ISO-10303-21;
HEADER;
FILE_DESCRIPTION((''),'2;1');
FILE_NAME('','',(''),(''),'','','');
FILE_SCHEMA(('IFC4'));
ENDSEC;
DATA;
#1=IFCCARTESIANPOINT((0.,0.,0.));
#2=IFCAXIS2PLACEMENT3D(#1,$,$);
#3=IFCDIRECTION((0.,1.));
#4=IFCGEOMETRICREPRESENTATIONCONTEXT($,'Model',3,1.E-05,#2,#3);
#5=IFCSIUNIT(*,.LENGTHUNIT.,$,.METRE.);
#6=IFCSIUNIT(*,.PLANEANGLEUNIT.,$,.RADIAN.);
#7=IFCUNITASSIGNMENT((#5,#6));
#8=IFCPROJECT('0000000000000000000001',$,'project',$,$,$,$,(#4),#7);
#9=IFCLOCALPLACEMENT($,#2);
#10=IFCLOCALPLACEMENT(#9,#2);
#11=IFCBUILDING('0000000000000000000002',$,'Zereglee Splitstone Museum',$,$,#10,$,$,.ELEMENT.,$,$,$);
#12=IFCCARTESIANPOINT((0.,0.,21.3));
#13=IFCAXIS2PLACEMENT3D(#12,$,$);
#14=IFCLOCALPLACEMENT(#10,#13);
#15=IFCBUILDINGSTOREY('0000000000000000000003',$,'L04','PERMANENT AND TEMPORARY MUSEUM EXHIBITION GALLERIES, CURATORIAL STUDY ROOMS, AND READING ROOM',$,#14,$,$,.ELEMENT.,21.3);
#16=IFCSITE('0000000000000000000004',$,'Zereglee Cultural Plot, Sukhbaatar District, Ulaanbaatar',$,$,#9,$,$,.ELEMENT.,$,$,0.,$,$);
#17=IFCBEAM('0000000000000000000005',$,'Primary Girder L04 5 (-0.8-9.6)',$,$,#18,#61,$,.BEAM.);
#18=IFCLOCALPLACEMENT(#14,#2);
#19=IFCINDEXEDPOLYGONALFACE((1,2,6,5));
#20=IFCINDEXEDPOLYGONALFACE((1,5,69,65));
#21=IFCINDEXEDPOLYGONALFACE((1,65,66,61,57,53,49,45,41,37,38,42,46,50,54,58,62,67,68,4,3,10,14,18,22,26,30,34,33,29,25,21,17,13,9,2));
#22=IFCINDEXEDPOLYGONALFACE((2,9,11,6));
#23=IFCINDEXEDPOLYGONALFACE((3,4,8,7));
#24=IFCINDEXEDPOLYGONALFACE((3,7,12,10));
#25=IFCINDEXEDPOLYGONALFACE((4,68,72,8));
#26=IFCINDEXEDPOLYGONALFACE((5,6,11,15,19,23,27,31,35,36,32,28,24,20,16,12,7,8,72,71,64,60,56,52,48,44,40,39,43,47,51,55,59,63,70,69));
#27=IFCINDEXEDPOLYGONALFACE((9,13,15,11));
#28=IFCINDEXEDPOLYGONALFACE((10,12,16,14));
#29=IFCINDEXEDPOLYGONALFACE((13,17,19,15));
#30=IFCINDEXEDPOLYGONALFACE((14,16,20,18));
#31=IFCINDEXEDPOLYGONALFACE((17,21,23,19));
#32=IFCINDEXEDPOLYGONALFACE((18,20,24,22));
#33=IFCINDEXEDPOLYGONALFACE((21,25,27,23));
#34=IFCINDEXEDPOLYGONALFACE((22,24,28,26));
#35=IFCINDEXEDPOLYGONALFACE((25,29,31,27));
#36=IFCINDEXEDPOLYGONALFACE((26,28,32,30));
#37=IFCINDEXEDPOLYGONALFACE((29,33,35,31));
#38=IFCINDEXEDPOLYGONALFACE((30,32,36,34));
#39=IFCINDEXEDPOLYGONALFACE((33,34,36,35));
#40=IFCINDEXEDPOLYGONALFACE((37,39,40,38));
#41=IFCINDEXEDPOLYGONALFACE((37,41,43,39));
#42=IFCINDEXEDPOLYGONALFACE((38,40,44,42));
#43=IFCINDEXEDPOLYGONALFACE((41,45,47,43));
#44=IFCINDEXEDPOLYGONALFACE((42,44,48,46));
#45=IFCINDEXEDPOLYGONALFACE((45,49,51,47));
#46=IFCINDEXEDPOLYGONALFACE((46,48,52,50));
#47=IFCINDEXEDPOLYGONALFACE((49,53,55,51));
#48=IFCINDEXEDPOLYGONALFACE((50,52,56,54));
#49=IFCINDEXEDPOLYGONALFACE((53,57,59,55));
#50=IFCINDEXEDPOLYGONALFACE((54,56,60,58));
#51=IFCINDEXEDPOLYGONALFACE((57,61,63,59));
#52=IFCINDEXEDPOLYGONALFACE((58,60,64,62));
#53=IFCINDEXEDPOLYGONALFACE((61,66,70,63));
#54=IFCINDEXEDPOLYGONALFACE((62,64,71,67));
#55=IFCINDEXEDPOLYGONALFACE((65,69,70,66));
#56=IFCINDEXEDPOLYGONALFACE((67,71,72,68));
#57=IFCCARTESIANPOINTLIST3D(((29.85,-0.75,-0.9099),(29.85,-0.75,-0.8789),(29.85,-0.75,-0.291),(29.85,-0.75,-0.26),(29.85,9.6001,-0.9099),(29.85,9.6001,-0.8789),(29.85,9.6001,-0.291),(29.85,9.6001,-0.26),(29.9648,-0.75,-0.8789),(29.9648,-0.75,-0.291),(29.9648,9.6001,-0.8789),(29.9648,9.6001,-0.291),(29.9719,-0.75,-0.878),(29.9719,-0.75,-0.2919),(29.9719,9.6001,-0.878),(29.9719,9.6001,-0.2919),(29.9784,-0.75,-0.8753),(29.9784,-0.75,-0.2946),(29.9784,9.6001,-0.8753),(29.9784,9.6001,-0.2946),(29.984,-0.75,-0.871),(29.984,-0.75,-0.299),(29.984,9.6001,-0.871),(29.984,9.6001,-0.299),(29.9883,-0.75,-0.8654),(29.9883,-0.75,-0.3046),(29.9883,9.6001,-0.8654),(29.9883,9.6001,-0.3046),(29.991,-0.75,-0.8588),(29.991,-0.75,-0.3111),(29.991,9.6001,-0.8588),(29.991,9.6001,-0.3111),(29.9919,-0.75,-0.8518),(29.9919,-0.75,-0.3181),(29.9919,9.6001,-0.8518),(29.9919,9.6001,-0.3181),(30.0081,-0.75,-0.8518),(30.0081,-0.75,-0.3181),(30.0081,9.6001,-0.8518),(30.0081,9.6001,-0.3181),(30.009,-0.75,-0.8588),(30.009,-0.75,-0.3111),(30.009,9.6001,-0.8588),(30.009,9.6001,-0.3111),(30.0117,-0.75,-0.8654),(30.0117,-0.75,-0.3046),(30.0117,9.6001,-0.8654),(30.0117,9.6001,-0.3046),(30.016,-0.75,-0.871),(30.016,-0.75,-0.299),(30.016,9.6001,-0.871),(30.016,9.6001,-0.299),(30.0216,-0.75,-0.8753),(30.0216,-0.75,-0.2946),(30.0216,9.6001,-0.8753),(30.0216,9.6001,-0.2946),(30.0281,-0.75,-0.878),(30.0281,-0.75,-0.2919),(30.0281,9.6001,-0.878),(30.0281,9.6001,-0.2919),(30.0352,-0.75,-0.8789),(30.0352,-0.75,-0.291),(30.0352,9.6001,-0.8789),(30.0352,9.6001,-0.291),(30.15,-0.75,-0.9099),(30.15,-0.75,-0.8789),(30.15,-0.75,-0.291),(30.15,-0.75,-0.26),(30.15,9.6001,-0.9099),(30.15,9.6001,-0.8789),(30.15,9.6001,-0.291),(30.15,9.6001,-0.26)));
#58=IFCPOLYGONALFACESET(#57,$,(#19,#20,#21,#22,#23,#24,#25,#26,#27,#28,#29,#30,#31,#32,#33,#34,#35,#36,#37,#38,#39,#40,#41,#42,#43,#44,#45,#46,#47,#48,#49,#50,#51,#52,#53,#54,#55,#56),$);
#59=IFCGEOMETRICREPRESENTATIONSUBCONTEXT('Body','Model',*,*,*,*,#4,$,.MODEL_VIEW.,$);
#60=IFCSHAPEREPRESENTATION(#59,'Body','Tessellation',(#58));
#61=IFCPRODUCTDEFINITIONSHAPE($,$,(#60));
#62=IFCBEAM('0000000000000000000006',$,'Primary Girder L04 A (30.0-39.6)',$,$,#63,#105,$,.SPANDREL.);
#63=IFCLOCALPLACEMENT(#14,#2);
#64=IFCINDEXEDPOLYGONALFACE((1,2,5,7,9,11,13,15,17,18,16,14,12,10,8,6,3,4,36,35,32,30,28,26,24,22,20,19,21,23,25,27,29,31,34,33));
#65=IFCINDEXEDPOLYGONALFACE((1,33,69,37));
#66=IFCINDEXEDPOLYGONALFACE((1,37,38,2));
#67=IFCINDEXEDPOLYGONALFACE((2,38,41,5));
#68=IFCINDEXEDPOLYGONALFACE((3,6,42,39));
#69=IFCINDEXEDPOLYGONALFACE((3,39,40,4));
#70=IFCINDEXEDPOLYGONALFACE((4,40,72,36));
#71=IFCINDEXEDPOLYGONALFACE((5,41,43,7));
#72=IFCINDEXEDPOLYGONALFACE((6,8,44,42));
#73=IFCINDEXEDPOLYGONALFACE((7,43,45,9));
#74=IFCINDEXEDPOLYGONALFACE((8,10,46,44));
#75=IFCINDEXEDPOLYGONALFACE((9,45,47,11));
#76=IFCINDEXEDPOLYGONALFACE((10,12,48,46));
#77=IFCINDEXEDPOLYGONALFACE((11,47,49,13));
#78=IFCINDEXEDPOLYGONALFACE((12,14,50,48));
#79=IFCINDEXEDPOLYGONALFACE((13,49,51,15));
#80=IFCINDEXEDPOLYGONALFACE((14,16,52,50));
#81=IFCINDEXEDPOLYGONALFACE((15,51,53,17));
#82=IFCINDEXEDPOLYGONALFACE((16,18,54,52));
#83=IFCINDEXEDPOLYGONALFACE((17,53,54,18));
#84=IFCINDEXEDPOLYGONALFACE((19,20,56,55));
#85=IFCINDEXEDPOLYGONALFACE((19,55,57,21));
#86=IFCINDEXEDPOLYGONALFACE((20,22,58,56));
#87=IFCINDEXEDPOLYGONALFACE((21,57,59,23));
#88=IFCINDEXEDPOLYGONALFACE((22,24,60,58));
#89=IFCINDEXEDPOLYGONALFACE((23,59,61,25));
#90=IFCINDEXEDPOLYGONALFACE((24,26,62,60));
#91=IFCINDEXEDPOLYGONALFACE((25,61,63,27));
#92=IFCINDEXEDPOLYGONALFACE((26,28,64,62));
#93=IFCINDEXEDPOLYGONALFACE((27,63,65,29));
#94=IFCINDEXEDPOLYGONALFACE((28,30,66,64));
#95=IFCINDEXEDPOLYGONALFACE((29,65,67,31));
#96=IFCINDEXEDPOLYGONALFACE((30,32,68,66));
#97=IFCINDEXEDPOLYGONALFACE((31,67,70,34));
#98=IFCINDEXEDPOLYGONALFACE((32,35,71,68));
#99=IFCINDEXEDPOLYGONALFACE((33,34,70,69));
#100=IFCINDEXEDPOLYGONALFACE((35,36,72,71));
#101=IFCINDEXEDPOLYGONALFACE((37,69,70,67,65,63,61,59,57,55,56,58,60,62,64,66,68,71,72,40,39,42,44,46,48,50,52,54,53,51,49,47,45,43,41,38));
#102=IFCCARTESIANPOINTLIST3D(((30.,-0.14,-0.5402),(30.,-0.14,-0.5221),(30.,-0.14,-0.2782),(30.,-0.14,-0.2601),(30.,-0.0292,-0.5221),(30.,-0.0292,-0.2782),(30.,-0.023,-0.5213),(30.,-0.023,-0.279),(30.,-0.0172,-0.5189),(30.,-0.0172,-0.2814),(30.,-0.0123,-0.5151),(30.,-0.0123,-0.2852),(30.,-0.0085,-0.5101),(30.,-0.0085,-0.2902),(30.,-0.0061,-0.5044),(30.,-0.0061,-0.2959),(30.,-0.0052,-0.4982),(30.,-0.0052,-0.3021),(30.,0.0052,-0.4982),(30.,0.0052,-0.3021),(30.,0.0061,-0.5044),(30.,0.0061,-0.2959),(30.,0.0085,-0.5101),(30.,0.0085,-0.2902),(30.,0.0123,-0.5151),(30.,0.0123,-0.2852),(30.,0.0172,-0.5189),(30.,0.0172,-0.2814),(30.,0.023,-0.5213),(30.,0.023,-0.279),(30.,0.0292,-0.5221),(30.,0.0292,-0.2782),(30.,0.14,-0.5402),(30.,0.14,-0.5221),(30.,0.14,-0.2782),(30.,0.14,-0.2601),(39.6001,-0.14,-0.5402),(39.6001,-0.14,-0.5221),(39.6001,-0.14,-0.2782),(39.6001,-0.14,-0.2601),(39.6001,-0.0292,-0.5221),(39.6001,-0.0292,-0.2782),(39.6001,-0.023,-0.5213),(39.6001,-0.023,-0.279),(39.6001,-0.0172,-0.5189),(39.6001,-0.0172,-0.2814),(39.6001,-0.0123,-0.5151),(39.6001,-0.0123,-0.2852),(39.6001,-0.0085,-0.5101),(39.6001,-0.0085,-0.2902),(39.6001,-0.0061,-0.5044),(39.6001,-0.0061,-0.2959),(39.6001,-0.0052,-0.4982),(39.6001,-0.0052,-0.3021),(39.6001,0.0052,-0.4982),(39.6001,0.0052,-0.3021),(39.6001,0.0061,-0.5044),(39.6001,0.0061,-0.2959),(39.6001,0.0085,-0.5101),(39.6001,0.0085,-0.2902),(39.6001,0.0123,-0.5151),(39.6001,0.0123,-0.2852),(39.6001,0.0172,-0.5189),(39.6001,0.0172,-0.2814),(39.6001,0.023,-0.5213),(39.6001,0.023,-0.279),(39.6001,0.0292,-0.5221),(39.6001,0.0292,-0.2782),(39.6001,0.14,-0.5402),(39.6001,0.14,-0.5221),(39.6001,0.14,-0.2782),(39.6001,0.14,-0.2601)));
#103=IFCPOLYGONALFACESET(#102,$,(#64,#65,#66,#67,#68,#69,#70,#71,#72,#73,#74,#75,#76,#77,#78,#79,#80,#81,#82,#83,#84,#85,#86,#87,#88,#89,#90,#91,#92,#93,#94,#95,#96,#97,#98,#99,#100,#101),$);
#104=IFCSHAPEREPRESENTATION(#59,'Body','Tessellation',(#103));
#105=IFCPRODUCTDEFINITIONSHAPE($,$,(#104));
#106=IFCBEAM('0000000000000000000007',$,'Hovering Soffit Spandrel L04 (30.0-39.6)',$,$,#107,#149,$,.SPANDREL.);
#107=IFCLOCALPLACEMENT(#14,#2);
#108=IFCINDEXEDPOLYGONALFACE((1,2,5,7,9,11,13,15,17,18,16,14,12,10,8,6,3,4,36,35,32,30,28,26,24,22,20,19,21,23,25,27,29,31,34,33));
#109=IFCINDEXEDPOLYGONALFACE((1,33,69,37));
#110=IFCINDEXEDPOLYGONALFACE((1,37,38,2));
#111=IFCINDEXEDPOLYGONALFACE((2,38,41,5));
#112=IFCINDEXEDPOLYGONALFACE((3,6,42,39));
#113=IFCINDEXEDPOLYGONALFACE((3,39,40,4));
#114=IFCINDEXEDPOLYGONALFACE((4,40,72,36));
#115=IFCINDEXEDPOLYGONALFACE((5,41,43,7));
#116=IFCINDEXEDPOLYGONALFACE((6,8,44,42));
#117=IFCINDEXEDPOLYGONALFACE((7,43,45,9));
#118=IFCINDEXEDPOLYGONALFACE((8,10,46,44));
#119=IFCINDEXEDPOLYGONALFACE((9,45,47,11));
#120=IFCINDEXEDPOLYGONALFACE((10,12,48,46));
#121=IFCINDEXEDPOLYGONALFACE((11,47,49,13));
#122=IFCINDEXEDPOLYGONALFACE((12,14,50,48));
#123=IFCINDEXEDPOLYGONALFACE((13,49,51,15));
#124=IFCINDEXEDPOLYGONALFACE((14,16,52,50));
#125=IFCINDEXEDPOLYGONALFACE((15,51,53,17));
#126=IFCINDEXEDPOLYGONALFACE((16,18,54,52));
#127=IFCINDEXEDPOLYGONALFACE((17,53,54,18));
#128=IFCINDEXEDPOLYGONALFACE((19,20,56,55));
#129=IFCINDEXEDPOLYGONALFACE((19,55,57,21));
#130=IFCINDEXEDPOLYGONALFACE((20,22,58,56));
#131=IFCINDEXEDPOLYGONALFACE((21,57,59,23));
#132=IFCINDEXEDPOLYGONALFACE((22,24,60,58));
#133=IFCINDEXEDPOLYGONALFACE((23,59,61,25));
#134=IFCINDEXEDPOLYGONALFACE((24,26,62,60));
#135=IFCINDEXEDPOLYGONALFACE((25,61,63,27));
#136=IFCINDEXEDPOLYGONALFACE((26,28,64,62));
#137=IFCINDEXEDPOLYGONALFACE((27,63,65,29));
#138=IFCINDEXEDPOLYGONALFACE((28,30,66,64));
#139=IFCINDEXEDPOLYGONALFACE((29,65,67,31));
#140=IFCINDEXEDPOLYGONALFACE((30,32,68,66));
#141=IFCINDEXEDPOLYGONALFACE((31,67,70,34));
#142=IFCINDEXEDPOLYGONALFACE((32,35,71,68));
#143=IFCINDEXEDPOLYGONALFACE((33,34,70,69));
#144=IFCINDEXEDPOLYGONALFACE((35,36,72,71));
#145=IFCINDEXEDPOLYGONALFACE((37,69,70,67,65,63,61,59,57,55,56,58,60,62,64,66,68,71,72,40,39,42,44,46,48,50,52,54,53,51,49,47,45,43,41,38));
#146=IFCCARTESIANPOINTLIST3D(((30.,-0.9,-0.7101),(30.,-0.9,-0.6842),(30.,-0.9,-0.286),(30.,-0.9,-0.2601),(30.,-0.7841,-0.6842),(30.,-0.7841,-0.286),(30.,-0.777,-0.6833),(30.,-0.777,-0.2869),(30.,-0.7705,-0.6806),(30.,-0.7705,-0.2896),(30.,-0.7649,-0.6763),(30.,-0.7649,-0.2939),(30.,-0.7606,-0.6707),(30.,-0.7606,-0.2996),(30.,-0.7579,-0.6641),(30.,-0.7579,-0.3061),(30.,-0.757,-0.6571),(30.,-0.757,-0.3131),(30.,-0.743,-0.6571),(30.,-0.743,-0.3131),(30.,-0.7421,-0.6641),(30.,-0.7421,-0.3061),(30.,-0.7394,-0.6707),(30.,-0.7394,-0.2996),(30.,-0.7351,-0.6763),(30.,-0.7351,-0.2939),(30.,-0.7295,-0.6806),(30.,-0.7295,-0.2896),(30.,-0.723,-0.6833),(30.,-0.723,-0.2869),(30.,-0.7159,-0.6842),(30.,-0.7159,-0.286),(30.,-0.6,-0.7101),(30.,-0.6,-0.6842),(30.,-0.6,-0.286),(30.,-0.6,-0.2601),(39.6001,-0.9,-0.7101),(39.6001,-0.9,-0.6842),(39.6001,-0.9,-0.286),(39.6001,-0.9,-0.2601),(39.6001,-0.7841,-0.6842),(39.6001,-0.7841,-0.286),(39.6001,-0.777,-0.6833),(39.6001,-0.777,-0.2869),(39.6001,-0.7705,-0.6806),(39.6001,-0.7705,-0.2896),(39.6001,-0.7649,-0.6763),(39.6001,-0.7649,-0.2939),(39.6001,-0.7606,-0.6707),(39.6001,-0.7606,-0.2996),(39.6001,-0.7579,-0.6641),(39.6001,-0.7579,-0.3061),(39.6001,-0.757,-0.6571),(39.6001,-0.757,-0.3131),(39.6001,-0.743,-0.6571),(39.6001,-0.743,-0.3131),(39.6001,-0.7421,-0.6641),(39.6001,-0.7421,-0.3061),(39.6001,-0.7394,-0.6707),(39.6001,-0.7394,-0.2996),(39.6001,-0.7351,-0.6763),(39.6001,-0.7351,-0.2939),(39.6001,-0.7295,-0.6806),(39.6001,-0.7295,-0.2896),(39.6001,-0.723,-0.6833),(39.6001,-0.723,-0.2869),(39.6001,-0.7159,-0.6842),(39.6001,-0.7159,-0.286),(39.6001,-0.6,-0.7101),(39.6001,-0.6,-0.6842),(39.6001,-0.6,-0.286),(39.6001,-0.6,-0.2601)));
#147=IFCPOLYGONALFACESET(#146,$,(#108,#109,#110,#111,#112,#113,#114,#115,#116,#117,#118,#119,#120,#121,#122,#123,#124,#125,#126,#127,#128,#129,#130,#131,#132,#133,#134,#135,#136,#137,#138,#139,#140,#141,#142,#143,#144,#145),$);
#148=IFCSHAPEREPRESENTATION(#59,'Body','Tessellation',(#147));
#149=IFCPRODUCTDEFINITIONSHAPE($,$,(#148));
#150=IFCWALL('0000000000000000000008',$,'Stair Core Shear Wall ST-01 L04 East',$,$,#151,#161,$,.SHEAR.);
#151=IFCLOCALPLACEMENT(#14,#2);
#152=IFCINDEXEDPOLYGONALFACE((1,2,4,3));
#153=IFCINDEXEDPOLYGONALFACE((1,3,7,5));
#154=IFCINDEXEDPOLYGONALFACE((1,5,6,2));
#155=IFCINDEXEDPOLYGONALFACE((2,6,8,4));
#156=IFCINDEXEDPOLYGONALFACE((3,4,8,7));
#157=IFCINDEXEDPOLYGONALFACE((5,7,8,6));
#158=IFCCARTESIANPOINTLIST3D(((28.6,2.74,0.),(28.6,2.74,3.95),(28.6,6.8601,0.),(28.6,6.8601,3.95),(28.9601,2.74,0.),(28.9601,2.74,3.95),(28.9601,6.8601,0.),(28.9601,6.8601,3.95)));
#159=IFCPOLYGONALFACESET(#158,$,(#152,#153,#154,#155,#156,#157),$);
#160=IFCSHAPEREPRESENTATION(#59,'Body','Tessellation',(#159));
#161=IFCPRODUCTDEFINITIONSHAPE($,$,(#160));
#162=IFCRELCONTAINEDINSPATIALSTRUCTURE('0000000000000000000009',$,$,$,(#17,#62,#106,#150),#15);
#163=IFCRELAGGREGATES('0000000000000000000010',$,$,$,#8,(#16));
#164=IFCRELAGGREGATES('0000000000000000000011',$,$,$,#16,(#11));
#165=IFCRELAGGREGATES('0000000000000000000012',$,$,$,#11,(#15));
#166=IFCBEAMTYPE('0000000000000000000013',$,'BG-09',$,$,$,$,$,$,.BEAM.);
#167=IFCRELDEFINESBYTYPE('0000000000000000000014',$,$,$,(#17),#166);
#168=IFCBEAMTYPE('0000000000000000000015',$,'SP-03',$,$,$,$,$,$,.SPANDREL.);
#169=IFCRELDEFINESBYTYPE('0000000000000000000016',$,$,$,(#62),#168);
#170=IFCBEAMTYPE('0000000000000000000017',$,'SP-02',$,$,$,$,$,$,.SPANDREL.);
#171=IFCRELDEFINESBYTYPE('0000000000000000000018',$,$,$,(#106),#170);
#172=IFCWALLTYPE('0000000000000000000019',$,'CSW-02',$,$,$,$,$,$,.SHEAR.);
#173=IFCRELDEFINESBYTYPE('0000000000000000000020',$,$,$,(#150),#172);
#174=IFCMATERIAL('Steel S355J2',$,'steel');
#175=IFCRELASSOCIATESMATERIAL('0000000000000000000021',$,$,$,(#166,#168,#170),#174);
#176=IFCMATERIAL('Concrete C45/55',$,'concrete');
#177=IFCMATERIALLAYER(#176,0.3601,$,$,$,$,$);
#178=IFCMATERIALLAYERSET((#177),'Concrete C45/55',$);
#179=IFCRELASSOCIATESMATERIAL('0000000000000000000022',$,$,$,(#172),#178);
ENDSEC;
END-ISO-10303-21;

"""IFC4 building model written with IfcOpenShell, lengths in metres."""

from ifc_helpers import new_model, si_unit, direction, frame, frame_2d, origin, origin_2d, place, context, subcontext, project, spatial, rectangle, i_section, extrude, material, layer, layer_set, material_profile, profile_set, type_object, element, save


model = new_model("IFC4")

# Units and contexts
model_context = context("Model", 3, precision=1e-05, world=origin(), true_north=direction((0.0, 1.0)))
body_context = subcontext(model_context, "Body", "Model", "MODEL_VIEW")
ifc_project = project(units=[si_unit("LENGTHUNIT", "METRE"), si_unit("PLANEANGLEUNIT", "RADIAN")], contexts=[model_context])

# Site, building, storey
site_placement = place(None, origin())
site = spatial("IfcSite", under=ifc_project, at=site_placement, Name="Zereglee Cultural Plot, Sukhbaatar District, Ulaanbaatar", CompositionType="ELEMENT", RefElevation=0.0)
building_placement = place(site_placement, origin())
building = spatial("IfcBuilding", under=site, at=building_placement, Name="Zereglee Splitstone Museum", CompositionType="ELEMENT")
storey_placement = place(building_placement, frame((0.0, 0.0, 21.3)))
storey = spatial("IfcBuildingStorey", under=building, at=storey_placement, Name="L04", Description="PERMANENT AND TEMPORARY MUSEUM EXHIBITION GALLERIES, CURATORIAL STUDY ROOMS, AND READING ROOM", CompositionType="ELEMENT", Elevation=21.3)

# Shared definitions
ifc_material_1 = material(Name="Steel S355J2", Category="steel")

# Beams
ifc_material_profile_1 = material_profile(ifc_material_1, i_section(OverallWidth=0.3, OverallDepth=0.6499, WebThickness=0.0161, FlangeThickness=0.031, FilletRadius=0.0271, at=origin_2d()), Name="HE 650 B")
ifc_profile_set_1 = profile_set([ifc_material_profile_1], Name="Steel S355J2")
beam_type_1 = type_object("IfcBeamType", Name="BG-09", PredefinedType="BEAM", material=ifc_profile_set_1)
beam_1_placement = place(storey_placement, frame((30.0, -0.75, -0.585), z_axis=(0.0, 1.0, 0.0), x_axis=(-1.0, 0.0, 0.0)))
element("IfcBeam", 1, at=beam_1_placement, inside=storey, type_object=beam_type_1, Name="Primary Girder L04 5 (-0.8-9.6)", PredefinedType="BEAM", context=body_context, shape_type="SweptSolid", body=[
    extrude(i_section(OverallWidth=0.3, OverallDepth=0.6499, WebThickness=0.0161, FlangeThickness=0.031, FilletRadius=0.0271, at=origin_2d()), origin(), (0.0, 0.0, 1.0), 10.3501),
])
ifc_material_profile_2 = material_profile(ifc_material_1, i_section(OverallWidth=0.28, OverallDepth=0.28, WebThickness=0.0105, FlangeThickness=0.0181, FilletRadius=0.0239, at=origin_2d()), Name="HE 280 B")
ifc_profile_set_2 = profile_set([ifc_material_profile_2], Name="Steel S355J2")
beam_type_2 = type_object("IfcBeamType", Name="SP-03", PredefinedType="SPANDREL", material=ifc_profile_set_2)
beam_2_placement = place(storey_placement, frame((30.0, 0.0, -0.4001), z_axis=(1.0, 0.0, 0.0), x_axis=(0.0, 1.0, 0.0)))
element("IfcBeam", 2, at=beam_2_placement, inside=storey, type_object=beam_type_2, Name="Primary Girder L04 A (30.0-39.6)", PredefinedType="SPANDREL", context=body_context, shape_type="SweptSolid", body=[
    extrude(i_section(OverallWidth=0.28, OverallDepth=0.28, WebThickness=0.0105, FlangeThickness=0.0181, FilletRadius=0.0239, at=origin_2d()), origin(), (0.0, 0.0, 1.0), 9.6001),
])
ifc_material_profile_3 = material_profile(ifc_material_1, i_section(OverallWidth=0.3, OverallDepth=0.45, WebThickness=0.0139, FlangeThickness=0.0259, FilletRadius=0.0271, at=origin_2d()), Name="HE 450 B")
ifc_profile_set_3 = profile_set([ifc_material_profile_3], Name="Steel S355J2")
beam_type_3 = type_object("IfcBeamType", Name="SP-02", PredefinedType="SPANDREL", material=ifc_profile_set_3)
beam_3_placement = place(storey_placement, frame((30.0, -0.75, -0.4851), z_axis=(1.0, 0.0, 0.0), x_axis=(0.0, 1.0, 0.0)))
element("IfcBeam", 3, at=beam_3_placement, inside=storey, type_object=beam_type_3, Name="Hovering Soffit Spandrel L04 (30.0-39.6)", PredefinedType="SPANDREL", context=body_context, shape_type="SweptSolid", body=[
    extrude(i_section(OverallWidth=0.3, OverallDepth=0.45, WebThickness=0.0139, FlangeThickness=0.0259, FilletRadius=0.0271, at=origin_2d()), origin(), (0.0, 0.0, 1.0), 9.6001),
])

# Wall
ifc_material_2 = material(Name="Concrete C45/55", Category="concrete")
ifc_layer_1 = layer(ifc_material_2, 0.3601)
ifc_layer_set_1 = layer_set([ifc_layer_1], Name="Concrete C45/55")
wall_type_1 = type_object("IfcWallType", Name="CSW-02", PredefinedType="SHEAR", material=ifc_layer_set_1)
wall_1_placement = place(storey_placement, frame((28.78, 2.74, 0.0), z_axis=(0.0, 0.0, 1.0), x_axis=(0.0, 1.0, 0.0)))
element("IfcWall", 4, at=wall_1_placement, inside=storey, type_object=wall_type_1, Name="Stair Core Shear Wall ST-01 L04 East", PredefinedType="SHEAR", context=body_context, shape_type="SweptSolid", body=[
    extrude(rectangle(XDim=4.1201, YDim=0.3601, at=frame_2d((2.0601, 0.0))), origin(), (0.0, 0.0, 1.0), 3.95),
])

save(model, "model.ifc")
